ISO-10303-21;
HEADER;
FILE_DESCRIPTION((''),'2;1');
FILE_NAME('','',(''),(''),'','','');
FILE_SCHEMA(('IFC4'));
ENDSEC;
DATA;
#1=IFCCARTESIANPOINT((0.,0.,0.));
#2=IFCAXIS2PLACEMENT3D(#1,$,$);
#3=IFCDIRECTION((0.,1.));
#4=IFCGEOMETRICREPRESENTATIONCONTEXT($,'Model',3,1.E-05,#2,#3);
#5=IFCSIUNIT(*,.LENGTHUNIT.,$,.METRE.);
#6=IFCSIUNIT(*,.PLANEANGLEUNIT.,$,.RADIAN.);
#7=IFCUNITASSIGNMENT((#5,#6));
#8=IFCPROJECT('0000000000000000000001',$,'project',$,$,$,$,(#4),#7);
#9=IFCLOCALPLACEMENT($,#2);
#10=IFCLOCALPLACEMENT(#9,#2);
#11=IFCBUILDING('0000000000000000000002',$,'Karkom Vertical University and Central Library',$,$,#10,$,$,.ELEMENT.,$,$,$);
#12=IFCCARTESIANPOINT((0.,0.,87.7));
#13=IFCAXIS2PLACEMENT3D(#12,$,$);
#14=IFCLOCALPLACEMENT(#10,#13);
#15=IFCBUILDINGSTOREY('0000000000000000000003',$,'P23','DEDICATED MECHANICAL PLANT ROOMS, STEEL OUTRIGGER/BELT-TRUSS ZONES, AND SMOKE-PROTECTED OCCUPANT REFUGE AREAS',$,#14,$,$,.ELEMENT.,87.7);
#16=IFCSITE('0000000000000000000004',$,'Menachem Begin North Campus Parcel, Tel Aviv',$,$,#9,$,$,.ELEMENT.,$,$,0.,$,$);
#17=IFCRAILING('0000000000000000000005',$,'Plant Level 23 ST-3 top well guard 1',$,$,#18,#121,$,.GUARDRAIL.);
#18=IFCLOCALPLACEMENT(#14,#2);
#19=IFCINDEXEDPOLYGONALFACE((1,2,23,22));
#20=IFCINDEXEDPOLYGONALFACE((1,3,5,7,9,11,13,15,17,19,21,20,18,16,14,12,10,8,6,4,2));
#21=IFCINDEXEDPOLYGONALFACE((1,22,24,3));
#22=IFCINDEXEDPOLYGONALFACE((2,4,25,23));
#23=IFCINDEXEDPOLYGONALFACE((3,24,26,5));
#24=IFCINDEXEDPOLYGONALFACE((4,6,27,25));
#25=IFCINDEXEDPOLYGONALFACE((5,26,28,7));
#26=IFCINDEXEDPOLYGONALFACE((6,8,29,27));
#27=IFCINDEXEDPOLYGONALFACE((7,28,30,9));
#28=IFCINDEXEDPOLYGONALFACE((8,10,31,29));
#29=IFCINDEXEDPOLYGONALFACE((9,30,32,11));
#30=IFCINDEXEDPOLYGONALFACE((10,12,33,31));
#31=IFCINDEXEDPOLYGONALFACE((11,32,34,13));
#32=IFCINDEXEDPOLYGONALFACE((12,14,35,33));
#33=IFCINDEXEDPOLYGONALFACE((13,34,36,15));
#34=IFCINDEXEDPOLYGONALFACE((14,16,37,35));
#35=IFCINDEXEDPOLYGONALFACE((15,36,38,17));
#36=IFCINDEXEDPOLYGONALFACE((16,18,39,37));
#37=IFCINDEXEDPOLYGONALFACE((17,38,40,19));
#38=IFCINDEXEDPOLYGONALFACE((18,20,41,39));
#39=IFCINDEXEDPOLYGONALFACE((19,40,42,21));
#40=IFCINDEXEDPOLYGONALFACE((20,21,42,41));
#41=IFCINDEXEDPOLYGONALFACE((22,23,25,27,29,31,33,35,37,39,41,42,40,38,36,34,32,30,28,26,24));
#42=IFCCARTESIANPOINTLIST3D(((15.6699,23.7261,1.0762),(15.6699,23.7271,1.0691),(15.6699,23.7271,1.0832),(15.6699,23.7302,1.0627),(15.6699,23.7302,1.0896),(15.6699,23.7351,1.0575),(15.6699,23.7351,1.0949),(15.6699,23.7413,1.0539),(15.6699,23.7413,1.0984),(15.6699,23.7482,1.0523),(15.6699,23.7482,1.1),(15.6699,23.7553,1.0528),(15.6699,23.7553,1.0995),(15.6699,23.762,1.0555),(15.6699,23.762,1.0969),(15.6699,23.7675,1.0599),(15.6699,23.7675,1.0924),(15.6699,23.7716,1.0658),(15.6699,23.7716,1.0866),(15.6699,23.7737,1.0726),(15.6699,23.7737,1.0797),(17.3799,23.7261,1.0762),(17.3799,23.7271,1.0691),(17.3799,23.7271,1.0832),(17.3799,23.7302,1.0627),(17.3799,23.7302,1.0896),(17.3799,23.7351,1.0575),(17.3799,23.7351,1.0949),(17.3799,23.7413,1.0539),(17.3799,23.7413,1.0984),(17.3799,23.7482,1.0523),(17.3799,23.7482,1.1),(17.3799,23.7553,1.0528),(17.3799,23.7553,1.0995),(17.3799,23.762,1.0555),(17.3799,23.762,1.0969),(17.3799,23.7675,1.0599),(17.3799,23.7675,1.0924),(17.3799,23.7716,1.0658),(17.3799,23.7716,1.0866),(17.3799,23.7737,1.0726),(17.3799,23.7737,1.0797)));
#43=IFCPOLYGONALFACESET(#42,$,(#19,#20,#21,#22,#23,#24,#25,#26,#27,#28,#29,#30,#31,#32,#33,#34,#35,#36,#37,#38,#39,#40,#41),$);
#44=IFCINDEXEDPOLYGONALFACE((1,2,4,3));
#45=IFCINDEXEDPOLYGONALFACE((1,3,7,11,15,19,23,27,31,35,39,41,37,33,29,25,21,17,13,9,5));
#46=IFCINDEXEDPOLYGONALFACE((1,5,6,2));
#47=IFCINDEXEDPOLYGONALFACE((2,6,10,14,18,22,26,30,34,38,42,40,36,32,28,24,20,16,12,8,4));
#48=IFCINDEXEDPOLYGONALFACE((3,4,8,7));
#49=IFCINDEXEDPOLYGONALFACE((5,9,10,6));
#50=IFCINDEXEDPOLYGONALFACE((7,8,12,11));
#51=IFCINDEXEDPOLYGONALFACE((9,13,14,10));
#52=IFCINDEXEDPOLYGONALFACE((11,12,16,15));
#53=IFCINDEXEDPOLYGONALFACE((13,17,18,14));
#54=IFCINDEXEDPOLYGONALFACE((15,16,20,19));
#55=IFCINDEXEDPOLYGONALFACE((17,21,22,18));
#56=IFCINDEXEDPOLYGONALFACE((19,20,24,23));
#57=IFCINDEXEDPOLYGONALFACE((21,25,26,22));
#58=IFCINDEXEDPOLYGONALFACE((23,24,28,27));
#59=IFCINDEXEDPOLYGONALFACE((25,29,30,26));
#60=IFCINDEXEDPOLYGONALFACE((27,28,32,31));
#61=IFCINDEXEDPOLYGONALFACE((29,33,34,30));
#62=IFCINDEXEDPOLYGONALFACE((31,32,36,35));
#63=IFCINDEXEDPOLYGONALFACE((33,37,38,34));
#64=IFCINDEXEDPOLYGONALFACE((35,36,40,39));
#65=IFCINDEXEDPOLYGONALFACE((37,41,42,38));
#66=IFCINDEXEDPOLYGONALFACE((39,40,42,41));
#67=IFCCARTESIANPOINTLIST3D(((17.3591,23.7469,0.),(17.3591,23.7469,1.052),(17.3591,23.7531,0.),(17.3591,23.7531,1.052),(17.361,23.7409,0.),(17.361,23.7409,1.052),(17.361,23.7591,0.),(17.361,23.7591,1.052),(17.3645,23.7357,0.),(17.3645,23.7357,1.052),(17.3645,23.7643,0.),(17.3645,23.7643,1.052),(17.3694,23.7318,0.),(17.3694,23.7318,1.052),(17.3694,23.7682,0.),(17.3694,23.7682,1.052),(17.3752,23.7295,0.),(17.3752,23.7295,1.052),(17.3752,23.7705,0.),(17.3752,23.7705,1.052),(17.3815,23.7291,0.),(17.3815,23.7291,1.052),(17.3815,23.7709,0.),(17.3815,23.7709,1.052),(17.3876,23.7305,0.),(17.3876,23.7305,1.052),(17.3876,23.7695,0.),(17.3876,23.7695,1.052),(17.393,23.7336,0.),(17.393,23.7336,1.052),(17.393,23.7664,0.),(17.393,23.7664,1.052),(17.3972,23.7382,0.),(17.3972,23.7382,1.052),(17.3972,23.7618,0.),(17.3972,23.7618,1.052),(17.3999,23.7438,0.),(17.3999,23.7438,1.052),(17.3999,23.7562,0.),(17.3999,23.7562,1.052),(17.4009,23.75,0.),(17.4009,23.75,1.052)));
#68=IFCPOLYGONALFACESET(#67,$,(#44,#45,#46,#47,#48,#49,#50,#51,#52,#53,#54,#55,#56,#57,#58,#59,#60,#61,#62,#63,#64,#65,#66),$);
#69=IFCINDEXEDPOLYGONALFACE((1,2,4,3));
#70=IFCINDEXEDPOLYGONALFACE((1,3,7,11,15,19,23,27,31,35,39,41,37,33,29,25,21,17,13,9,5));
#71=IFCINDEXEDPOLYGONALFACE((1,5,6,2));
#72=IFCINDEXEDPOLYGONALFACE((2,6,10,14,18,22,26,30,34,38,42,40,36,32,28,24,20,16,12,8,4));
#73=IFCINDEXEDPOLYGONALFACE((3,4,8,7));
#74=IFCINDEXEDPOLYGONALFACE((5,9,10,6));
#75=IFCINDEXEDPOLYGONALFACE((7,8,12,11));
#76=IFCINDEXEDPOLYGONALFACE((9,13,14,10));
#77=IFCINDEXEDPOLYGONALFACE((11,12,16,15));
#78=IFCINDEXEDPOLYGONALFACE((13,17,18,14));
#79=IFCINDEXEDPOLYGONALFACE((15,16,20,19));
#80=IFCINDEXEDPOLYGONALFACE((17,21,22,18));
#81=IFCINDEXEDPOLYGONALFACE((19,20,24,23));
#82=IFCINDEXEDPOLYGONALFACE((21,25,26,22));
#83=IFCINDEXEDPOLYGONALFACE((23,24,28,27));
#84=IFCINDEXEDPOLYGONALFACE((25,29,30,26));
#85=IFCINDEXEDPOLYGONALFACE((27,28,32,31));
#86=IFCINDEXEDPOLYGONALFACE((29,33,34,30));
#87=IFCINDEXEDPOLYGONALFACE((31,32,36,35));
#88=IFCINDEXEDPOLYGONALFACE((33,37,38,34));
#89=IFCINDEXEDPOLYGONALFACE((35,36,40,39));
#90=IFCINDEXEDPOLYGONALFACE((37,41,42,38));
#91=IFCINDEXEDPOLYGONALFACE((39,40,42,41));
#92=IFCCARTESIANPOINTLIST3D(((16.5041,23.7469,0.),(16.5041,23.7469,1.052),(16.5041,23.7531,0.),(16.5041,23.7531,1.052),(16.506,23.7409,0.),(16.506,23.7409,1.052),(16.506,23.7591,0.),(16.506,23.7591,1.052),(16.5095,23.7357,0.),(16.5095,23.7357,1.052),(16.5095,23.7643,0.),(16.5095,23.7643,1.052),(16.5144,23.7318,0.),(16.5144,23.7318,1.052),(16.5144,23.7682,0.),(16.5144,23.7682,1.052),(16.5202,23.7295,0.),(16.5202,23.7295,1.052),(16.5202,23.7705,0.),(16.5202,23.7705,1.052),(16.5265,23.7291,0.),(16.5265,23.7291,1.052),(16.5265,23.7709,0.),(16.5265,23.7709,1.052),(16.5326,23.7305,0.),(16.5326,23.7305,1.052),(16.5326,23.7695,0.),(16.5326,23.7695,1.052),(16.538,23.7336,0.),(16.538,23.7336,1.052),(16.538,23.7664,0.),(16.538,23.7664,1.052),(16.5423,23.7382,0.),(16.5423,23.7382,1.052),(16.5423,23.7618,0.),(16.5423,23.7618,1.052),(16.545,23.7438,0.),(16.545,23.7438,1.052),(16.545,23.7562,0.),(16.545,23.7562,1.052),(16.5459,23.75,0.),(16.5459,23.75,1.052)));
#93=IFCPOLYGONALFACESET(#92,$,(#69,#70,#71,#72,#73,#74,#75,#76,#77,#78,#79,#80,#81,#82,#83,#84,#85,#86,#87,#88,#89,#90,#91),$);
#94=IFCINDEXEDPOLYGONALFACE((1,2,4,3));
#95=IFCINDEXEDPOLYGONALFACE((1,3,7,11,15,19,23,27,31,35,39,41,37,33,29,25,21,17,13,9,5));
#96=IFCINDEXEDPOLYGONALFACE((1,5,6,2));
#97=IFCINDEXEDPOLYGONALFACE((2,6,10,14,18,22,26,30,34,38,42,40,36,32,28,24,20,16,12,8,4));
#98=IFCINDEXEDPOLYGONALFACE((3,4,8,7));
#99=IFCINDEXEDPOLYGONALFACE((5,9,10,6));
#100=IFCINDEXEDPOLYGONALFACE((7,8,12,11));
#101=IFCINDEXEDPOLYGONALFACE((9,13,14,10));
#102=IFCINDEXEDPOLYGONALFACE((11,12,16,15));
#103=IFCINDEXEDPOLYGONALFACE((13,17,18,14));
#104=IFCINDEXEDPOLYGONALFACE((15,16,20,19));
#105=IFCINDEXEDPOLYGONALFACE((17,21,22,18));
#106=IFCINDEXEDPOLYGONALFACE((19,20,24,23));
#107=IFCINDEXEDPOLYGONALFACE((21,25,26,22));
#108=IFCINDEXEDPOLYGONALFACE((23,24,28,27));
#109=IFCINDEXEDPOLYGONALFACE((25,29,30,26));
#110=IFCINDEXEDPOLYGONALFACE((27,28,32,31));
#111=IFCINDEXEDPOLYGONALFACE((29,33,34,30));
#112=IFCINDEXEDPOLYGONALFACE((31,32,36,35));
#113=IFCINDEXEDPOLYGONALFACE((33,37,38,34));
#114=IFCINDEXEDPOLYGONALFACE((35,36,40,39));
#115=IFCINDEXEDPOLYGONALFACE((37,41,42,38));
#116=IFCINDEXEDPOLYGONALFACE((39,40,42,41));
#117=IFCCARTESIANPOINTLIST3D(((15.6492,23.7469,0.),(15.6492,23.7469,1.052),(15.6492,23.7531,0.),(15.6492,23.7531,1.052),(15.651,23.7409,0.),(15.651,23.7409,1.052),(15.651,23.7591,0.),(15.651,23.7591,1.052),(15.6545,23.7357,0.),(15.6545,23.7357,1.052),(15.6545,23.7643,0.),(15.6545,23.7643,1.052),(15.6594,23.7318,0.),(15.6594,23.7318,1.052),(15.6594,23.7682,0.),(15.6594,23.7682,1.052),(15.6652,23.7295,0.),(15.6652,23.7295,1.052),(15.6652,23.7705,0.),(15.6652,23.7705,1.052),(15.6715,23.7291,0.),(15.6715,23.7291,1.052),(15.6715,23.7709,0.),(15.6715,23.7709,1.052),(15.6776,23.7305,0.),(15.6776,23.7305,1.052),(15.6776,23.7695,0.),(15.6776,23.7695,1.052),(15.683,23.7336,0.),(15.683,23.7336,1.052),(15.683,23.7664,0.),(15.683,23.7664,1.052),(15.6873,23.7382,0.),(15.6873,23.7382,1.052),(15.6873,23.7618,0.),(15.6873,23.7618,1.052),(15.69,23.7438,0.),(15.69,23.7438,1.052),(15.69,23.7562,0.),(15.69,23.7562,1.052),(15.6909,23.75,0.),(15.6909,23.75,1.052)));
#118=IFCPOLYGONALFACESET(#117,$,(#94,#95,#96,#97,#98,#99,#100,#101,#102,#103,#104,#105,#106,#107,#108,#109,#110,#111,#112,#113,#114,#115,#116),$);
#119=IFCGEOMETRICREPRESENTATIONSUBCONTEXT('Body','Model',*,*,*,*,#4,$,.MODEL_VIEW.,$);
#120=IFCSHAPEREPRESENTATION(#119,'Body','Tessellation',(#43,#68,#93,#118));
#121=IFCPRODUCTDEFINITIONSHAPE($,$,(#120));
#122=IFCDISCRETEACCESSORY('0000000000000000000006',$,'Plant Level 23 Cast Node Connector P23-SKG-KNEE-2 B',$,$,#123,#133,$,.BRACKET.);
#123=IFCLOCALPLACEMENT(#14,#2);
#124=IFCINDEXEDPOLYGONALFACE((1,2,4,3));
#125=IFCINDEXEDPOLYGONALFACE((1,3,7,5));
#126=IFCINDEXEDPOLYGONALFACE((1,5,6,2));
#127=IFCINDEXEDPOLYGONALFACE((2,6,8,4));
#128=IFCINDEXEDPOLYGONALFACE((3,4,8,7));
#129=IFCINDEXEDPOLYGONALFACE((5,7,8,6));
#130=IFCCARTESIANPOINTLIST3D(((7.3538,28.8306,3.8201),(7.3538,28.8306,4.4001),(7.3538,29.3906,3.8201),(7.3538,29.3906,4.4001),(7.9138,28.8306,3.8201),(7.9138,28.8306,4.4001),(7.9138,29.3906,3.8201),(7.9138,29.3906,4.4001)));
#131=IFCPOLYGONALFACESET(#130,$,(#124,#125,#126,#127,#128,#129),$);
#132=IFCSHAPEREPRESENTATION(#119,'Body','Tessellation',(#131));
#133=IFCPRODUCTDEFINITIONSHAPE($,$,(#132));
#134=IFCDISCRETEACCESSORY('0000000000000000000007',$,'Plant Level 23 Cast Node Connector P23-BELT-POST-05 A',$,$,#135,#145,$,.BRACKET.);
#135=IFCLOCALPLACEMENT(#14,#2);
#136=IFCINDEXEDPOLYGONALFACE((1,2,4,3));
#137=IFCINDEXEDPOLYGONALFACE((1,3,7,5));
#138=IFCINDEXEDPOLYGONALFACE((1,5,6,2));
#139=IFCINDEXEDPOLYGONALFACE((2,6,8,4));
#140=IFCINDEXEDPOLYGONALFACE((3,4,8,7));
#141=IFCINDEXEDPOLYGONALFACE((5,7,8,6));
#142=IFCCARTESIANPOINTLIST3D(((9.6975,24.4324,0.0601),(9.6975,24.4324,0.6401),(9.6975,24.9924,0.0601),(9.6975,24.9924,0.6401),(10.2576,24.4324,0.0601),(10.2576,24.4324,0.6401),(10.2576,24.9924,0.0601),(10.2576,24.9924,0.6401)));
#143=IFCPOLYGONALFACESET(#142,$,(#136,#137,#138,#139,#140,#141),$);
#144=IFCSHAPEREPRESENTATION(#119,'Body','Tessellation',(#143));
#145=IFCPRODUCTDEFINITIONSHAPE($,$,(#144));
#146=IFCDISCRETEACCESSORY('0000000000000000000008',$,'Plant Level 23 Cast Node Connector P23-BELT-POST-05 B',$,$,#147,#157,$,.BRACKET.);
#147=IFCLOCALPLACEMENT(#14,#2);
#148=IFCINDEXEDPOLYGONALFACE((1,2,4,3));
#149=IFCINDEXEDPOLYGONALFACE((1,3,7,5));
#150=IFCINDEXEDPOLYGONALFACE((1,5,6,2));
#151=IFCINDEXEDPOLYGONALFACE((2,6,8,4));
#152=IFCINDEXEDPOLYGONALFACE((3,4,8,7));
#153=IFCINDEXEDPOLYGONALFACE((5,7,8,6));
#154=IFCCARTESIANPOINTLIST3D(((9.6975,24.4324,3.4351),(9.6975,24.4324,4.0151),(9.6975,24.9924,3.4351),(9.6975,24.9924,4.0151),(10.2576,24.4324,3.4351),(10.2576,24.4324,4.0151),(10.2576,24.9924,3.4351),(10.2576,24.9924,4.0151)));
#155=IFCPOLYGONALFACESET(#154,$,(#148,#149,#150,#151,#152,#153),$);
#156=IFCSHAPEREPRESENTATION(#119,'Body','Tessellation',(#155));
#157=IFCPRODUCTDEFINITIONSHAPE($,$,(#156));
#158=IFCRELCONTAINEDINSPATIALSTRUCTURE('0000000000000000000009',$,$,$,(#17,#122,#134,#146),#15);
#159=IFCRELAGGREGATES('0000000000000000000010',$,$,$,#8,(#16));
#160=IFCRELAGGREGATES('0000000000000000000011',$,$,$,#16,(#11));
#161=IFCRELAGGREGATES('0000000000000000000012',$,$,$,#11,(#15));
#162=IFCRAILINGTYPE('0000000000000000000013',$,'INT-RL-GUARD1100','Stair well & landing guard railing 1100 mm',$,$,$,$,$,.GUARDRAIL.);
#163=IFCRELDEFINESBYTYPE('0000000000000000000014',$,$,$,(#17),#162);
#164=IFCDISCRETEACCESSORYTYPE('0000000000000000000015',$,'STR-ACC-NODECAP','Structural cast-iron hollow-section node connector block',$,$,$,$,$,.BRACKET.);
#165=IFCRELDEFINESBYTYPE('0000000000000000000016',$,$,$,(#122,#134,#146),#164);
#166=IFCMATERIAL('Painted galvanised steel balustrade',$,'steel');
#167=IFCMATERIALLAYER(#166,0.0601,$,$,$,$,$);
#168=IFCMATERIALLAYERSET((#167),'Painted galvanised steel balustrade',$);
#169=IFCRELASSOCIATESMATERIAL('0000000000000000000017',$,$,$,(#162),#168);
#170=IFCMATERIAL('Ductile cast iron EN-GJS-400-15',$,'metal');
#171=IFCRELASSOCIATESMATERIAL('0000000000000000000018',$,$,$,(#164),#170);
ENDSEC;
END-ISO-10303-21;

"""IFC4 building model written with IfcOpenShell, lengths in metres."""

from ifc_helpers import new_model, si_unit, direction, frame, origin, origin_with_axes, origin_2d, place, context, subcontext, project, spatial, rectangle, circle, extrude, source, transform, mapped, material, layer, layer_set, type_object, element, save


model = new_model("IFC4")

# Units and contexts
model_context = context("Model", 3, precision=1e-05, world=origin(), true_north=direction((0.0, 1.0)))
body_context = subcontext(model_context, "Body", "Model", "MODEL_VIEW")
ifc_project = project(units=[si_unit("LENGTHUNIT", "METRE"), si_unit("PLANEANGLEUNIT", "RADIAN")], contexts=[model_context])

# Site, building, storey
site_placement = place(None, origin())
site = spatial("IfcSite", under=ifc_project, at=site_placement, Name="Menachem Begin North Campus Parcel, Tel Aviv", CompositionType="ELEMENT", RefElevation=0.0)
building_placement = place(site_placement, origin())
building = spatial("IfcBuilding", under=site, at=building_placement, Name="Karkom Vertical University and Central Library", CompositionType="ELEMENT")
storey_placement = place(building_placement, frame((0.0, 0.0, 87.7)))
storey = spatial("IfcBuildingStorey", under=building, at=storey_placement, Name="P23", Description="DEDICATED MECHANICAL PLANT ROOMS, STEEL OUTRIGGER/BELT-TRUSS ZONES, AND SMOKE-PROTECTED OCCUPANT REFUGE AREAS", CompositionType="ELEMENT", Elevation=87.7)

# Railing
ifc_material_1 = material(Name="Painted galvanised steel balustrade", Category="steel")
ifc_layer_1 = layer(ifc_material_1, 0.0601)
ifc_layer_set_1 = layer_set([ifc_layer_1], Name="Painted galvanised steel balustrade")
railing_type = type_object("IfcRailingType", Name="INT-RL-GUARD1100", Description="Stair well & landing guard railing 1100 mm", PredefinedType="GUARDRAIL", material=ifc_layer_set_1)
railing_placement = place(storey_placement, frame((17.3799, 23.75, 0.0)))
element("IfcRailing", 1, at=railing_placement, inside=storey, type_object=railing_type, Name="Plant Level 23 ST-3 top well guard 1", PredefinedType="GUARDRAIL", context=body_context, shape_type="SweptSolid", body=[
    extrude(circle(Radius=0.0239, at=origin_2d()), frame((0.0, 0.0, 1.0762), z_axis=(-1.0, 0.0, 0.0), x_axis=(0.0, -1.0, 0.0)), (0.0, 0.0, 1.0), 1.71),
    extrude(circle(Radius=0.021, at=origin_2d()), origin(), (0.0, 0.0, 1.0), 1.052),
    extrude(circle(Radius=0.021, at=origin_2d()), frame((-0.855, 0.0, 0.0)), (0.0, 0.0, 1.0), 1.052),
    extrude(circle(Radius=0.021, at=origin_2d()), frame((-1.71, 0.0, 0.0)), (0.0, 0.0, 1.0), 1.052),
])

# Discrete accessories
ifc_material_2 = material(Name="Ductile cast iron EN-GJS-400-15", Category="metal")
discrete_accessory_type = type_object("IfcDiscreteAccessoryType", Name="STR-ACC-NODECAP", Description="Structural cast-iron hollow-section node connector block", PredefinedType="BRACKET", material=ifc_material_2)
shared_shape_1 = source(origin_with_axes(), body_context, "Body", "SweptSolid", [
    extrude(rectangle(XDim=0.5601, YDim=0.5601, at=origin_2d()), origin(), (0.0, 0.0, 1.0), 0.5801),
])
for number, where, z_axis, x_axis, name in (
    (2, (7.6338, 29.1106, 3.8201), (0.0, 0.0, 1.0), (1.0, 0.0, 0.0), "Plant Level 23 Cast Node Connector P23-SKG-KNEE-2 B"),
    (3, (9.9775, 24.7124, 0.0601), (0.0, 0.0, 1.0), (1.0, 0.0, 0.0), "Plant Level 23 Cast Node Connector P23-BELT-POST-05 A"),
    (4, (9.9775, 24.7124, 3.4351), (0.0, 0.0, 1.0), (1.0, 0.0, 0.0), "Plant Level 23 Cast Node Connector P23-BELT-POST-05 B"),
):
    element("IfcDiscreteAccessory", number, at=place(storey_placement, frame(where, z_axis=z_axis, x_axis=x_axis)), inside=storey, type_object=discrete_accessory_type, Name=name, PredefinedType="BRACKET", context=body_context, shape_type="MappedRepresentation", body=[
        mapped(shared_shape_1, transform((0.0, 0.0, 0.0), scale=1.0)),
    ])

save(model, "model.ifc")
